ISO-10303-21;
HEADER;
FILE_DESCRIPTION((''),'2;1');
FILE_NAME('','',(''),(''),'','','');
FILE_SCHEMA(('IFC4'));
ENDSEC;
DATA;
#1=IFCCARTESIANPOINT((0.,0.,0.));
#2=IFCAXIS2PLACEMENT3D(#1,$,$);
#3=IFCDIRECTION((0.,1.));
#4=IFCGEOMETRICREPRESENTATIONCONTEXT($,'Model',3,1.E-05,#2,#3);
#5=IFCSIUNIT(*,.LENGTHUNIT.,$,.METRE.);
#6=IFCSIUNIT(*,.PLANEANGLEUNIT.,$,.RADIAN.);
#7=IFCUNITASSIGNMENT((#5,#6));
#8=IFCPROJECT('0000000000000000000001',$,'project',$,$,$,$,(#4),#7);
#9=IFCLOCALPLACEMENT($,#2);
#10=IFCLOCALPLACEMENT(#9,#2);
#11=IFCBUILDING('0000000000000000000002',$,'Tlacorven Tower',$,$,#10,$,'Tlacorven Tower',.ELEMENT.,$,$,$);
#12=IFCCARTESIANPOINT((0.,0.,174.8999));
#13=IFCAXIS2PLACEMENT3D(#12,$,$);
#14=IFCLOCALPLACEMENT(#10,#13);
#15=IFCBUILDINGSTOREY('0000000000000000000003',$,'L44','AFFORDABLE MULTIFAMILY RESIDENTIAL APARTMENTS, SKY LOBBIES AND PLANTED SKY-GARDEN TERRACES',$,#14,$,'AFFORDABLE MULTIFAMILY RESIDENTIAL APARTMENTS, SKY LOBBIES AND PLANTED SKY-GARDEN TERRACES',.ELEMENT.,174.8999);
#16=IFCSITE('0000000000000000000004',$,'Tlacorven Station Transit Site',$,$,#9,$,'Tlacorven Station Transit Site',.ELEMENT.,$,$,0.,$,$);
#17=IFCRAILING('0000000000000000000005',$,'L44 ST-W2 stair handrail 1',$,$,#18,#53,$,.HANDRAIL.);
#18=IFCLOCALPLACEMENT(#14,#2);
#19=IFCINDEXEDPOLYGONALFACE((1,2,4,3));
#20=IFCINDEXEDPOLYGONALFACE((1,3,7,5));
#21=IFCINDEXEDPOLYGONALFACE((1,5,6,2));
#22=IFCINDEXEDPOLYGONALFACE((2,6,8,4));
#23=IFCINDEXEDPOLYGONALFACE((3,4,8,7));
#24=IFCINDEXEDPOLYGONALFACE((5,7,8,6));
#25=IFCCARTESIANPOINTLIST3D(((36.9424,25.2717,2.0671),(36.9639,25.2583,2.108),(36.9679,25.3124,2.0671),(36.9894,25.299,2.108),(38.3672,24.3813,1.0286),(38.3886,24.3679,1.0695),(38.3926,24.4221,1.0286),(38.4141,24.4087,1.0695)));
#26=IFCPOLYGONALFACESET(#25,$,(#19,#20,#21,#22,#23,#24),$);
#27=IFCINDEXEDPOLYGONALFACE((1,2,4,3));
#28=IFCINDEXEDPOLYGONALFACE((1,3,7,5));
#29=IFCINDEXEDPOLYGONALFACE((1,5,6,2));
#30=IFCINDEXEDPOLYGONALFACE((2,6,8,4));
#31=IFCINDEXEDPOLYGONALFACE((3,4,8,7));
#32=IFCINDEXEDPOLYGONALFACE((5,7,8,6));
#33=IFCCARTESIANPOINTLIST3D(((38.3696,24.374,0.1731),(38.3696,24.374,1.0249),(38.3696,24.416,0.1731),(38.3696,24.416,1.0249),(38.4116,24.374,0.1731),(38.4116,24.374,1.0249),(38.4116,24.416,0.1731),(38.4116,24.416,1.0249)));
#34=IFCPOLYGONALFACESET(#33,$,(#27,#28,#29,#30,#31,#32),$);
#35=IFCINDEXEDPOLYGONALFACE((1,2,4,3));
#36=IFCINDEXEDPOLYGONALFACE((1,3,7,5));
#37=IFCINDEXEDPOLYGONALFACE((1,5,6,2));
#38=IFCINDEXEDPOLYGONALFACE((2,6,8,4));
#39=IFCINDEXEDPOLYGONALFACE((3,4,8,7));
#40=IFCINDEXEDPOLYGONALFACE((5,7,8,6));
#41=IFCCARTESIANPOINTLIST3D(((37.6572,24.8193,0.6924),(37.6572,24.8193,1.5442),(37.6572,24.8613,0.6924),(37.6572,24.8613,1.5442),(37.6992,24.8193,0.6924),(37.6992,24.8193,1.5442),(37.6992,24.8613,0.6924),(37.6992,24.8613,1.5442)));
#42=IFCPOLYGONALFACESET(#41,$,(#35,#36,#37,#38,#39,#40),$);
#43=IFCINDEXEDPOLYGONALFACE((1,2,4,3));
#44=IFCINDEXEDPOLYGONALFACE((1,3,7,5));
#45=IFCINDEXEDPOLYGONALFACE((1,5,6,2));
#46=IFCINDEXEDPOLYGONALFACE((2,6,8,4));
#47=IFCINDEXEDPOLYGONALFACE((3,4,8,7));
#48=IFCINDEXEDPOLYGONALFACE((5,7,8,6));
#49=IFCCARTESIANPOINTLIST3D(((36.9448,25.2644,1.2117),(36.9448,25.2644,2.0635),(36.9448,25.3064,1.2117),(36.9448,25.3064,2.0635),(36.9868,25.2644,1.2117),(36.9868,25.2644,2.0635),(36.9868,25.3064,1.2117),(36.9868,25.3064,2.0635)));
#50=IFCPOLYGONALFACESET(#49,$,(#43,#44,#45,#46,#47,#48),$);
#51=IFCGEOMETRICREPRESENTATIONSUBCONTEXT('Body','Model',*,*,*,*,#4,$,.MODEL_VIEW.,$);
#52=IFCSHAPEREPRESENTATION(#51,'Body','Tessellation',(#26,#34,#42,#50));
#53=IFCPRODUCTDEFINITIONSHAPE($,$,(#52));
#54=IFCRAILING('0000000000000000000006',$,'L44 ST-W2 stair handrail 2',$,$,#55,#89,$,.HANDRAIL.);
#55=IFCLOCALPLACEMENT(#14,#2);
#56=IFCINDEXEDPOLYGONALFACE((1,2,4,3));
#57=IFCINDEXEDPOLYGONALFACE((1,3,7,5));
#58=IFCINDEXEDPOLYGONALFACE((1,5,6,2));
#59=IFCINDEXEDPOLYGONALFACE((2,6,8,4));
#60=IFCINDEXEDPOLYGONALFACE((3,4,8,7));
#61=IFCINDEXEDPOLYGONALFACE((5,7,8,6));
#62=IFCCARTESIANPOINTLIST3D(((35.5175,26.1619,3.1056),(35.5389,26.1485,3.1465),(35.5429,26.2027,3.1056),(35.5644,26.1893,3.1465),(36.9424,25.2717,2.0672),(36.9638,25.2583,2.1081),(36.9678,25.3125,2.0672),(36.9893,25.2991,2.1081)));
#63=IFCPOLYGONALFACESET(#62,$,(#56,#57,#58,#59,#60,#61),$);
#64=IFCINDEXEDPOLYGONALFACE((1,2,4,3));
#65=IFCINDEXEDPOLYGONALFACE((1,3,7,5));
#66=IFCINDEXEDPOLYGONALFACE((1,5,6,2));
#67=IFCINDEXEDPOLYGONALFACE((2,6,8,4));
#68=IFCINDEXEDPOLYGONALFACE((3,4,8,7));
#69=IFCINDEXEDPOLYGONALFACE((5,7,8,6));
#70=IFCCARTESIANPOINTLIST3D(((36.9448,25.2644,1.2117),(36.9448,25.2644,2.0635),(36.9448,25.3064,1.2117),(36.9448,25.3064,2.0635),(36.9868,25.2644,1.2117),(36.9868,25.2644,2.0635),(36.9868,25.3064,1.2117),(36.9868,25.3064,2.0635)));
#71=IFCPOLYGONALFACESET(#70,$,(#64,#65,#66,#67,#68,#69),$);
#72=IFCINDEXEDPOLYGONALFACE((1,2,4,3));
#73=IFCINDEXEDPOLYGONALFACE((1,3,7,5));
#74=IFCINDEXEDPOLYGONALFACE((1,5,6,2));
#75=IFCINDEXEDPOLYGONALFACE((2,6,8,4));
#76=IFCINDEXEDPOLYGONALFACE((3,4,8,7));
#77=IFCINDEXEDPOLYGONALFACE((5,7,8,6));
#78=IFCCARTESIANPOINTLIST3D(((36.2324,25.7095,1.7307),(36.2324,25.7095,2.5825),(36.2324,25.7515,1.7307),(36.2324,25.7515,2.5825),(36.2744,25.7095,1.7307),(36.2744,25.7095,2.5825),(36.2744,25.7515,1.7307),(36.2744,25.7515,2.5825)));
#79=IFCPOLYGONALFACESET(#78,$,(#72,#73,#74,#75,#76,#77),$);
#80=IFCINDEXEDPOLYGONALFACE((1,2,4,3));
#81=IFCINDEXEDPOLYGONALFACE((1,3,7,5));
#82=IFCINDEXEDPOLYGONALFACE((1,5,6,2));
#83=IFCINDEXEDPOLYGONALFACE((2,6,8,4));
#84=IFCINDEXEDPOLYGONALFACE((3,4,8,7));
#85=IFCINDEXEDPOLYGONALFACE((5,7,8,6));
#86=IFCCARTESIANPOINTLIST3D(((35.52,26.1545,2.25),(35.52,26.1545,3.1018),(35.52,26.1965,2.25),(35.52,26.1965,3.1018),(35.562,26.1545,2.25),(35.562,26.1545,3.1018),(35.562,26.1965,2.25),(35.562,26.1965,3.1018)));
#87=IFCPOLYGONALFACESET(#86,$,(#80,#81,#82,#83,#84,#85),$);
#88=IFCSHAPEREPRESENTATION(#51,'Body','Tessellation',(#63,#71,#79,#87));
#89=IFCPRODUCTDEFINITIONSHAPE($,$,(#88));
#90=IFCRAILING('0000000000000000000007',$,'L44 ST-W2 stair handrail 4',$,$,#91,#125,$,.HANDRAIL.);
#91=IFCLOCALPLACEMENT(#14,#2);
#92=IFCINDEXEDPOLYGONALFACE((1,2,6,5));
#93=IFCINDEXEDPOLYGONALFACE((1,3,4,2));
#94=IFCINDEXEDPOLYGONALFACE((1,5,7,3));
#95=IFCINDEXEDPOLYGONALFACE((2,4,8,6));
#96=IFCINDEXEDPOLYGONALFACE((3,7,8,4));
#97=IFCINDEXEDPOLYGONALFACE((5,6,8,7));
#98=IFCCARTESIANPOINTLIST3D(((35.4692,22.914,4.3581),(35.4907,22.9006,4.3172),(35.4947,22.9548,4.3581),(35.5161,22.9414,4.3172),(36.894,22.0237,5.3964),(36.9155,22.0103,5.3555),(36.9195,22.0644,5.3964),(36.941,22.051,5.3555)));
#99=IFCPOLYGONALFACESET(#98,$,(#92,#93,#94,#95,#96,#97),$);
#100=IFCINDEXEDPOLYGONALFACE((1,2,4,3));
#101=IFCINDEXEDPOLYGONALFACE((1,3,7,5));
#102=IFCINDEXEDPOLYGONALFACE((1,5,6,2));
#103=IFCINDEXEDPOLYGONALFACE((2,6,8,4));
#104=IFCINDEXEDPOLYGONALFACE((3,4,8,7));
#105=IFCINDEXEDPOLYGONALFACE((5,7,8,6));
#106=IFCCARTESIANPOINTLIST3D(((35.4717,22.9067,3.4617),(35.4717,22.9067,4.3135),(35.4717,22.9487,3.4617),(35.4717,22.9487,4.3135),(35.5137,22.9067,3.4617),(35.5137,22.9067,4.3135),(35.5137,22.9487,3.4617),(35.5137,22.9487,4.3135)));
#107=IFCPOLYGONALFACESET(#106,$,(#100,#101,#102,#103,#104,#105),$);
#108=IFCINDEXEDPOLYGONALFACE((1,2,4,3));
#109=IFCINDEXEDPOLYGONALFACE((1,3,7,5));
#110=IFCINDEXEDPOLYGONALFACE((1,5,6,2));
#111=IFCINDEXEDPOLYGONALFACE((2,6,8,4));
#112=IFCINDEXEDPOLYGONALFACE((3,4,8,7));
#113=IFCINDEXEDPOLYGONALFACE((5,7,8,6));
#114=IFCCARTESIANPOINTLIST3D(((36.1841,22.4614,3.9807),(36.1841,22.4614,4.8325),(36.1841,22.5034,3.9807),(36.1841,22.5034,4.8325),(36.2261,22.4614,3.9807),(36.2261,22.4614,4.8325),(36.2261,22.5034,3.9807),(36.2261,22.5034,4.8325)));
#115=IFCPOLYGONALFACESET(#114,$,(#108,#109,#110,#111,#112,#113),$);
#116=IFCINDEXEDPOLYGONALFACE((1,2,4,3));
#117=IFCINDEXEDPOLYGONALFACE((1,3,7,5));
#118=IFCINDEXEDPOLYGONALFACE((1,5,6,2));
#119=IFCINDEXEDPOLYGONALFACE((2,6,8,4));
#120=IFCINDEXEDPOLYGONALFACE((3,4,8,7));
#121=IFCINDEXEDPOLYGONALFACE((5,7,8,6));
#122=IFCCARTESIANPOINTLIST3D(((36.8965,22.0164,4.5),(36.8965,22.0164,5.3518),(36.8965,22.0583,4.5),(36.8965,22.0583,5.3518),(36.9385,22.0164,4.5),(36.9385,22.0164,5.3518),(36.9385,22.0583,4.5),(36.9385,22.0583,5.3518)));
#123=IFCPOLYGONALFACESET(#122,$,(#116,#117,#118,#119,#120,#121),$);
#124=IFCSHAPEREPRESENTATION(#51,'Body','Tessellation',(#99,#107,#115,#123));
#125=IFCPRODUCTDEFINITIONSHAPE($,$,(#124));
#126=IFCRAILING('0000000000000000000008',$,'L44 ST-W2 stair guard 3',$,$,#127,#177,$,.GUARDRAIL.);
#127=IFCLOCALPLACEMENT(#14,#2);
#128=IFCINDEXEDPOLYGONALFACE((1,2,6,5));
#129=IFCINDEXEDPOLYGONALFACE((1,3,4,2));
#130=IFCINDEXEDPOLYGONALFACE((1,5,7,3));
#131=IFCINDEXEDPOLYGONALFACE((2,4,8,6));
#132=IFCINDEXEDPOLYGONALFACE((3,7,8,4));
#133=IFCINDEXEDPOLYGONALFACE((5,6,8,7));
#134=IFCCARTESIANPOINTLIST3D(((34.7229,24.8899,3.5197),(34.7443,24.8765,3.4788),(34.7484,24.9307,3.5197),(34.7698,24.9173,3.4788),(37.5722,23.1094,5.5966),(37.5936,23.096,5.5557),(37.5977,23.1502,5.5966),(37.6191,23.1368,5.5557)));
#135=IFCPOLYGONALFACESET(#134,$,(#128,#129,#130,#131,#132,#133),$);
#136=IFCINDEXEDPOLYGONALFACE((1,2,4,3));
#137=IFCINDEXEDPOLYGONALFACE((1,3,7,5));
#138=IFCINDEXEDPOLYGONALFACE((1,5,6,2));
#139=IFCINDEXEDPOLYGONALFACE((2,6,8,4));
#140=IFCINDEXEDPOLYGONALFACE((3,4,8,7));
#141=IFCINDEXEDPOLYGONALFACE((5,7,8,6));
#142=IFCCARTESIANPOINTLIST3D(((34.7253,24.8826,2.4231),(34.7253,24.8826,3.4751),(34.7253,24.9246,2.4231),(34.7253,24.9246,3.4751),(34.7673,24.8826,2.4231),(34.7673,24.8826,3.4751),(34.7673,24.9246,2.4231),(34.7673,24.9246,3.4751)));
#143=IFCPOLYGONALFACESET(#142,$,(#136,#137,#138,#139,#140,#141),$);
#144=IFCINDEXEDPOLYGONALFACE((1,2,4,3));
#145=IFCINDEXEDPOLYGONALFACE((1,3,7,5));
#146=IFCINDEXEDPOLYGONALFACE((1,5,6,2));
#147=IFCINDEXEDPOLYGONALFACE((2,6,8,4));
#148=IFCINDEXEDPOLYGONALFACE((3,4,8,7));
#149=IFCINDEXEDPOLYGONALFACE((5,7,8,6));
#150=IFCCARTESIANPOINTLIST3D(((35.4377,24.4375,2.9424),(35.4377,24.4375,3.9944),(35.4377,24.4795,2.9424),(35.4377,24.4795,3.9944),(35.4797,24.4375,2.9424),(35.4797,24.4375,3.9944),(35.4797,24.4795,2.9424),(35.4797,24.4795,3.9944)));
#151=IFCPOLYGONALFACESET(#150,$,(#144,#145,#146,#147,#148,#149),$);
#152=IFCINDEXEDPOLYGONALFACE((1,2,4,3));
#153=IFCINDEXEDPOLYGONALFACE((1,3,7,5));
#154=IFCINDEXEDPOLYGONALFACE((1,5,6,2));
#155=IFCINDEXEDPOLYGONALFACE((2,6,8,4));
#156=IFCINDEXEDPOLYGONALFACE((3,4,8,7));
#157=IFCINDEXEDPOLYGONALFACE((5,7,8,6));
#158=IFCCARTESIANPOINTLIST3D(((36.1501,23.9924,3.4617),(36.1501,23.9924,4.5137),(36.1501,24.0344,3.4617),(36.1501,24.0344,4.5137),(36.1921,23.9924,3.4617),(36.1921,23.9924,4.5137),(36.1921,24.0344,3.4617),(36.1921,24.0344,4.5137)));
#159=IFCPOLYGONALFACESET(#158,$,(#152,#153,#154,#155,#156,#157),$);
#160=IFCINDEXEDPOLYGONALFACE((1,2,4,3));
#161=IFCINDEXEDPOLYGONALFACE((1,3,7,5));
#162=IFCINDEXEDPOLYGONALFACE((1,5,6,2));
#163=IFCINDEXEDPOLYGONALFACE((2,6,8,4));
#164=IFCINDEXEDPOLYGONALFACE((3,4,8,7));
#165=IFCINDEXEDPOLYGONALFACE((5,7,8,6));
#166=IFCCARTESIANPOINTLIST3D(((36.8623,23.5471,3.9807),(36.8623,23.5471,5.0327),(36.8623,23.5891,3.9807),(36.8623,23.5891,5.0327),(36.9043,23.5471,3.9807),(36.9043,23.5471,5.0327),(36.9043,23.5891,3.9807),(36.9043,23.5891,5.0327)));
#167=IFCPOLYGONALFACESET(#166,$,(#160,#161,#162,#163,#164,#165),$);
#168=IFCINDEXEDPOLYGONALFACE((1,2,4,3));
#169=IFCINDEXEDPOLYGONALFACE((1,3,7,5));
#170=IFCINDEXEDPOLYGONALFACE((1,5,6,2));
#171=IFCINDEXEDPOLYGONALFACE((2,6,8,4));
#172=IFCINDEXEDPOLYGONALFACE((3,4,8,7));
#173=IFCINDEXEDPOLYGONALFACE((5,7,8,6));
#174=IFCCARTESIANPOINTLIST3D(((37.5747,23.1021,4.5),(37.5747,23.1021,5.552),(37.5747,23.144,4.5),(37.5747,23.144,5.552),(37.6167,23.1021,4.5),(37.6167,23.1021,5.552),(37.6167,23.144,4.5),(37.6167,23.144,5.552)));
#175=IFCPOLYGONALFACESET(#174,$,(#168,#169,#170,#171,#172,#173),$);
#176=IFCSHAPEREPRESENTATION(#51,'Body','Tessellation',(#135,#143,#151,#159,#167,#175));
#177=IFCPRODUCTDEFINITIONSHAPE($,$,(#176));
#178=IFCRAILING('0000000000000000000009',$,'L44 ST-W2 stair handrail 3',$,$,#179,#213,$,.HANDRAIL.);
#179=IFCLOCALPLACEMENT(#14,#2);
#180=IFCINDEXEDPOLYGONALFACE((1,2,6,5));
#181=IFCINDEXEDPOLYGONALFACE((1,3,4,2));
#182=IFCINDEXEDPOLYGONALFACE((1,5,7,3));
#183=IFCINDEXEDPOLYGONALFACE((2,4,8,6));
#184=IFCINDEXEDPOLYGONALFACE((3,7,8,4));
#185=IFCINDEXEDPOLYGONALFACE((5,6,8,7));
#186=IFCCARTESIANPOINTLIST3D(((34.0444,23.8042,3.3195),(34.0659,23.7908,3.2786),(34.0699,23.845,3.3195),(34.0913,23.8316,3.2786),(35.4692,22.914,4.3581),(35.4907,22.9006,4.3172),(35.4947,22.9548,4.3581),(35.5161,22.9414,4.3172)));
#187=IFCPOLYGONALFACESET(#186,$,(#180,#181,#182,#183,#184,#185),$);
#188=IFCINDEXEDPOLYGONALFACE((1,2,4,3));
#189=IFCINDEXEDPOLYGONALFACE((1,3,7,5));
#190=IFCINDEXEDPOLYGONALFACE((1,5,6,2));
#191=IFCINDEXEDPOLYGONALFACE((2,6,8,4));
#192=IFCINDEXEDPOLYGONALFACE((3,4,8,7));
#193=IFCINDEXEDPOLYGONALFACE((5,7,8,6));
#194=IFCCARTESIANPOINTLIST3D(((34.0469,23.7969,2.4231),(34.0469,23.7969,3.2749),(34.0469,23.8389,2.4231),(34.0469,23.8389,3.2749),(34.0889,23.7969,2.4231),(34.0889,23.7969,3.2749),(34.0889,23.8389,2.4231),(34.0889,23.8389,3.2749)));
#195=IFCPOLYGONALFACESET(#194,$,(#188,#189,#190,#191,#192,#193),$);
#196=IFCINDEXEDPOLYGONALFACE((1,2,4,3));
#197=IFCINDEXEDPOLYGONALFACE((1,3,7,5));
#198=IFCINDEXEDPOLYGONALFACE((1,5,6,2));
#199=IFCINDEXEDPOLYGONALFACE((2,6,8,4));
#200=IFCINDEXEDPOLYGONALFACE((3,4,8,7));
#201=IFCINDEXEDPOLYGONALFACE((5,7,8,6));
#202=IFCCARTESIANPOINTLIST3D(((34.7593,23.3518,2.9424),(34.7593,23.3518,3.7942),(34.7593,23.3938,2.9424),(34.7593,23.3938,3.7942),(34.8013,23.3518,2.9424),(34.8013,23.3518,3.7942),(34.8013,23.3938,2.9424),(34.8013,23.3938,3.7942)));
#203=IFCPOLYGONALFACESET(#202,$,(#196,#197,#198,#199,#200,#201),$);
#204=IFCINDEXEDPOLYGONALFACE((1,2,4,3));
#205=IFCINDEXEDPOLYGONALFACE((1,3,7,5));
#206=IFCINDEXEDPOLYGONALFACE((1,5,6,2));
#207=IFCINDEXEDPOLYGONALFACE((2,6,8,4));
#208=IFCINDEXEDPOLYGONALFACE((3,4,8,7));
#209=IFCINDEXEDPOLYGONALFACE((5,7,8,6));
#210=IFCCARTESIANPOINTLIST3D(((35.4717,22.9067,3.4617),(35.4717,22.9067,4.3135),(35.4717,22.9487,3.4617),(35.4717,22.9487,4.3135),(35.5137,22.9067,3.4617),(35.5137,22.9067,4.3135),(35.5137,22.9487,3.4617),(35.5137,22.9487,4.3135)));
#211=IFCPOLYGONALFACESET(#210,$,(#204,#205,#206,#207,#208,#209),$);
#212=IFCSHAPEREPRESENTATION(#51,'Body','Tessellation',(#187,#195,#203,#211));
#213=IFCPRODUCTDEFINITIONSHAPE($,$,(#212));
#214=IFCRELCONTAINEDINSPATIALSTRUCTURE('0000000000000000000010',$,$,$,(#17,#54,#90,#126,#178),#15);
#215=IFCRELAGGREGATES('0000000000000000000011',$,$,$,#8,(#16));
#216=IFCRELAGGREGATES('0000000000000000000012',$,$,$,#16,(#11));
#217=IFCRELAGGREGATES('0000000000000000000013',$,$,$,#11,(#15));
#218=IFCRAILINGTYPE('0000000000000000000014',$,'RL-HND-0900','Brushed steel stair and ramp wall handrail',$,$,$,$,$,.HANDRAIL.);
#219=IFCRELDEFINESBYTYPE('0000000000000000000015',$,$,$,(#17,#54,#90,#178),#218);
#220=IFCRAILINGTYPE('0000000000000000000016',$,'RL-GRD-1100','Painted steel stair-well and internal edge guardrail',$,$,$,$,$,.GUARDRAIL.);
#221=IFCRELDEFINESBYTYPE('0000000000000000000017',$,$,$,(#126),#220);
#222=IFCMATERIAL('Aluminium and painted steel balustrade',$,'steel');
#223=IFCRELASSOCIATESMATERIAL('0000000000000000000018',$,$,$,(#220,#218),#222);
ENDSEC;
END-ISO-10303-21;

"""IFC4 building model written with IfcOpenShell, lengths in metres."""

from ifc_helpers import new_model, si_unit, direction, frame, origin, origin_2d, place, context, subcontext, project, spatial, rectangle, extrude, source, transform, mapped, material, type_object, element, save


model = new_model("IFC4")

# Units and contexts
model_context = context("Model", 3, precision=1e-05, world=origin(), true_north=direction((0.0, 1.0)))
body_context = subcontext(model_context, "Body", "Model", "MODEL_VIEW")
ifc_project = project(units=[si_unit("LENGTHUNIT", "METRE"), si_unit("PLANEANGLEUNIT", "RADIAN")], contexts=[model_context])

# Site, building, storey
site_placement = place(None, origin())
site = spatial("IfcSite", under=ifc_project, at=site_placement, Name="Tlacorven Station Transit Site", LongName="Tlacorven Station Transit Site", CompositionType="ELEMENT", RefElevation=0.0)
building_placement = place(site_placement, origin())
building = spatial("IfcBuilding", under=site, at=building_placement, Name="Tlacorven Tower", LongName="Tlacorven Tower", CompositionType="ELEMENT")
storey_placement = place(building_placement, frame((0.0, 0.0, 174.8999)))
storey = spatial("IfcBuildingStorey", under=building, at=storey_placement, Name="L44", Description="AFFORDABLE MULTIFAMILY RESIDENTIAL APARTMENTS, SKY LOBBIES AND PLANTED SKY-GARDEN TERRACES", LongName="AFFORDABLE MULTIFAMILY RESIDENTIAL APARTMENTS, SKY LOBBIES AND PLANTED SKY-GARDEN TERRACES", CompositionType="ELEMENT", Elevation=174.8999)

# Railings
ifc_material_1 = material(Name="Aluminium and painted steel balustrade", Category="steel")
railing_type_1 = type_object("IfcRailingType", Name="RL-GRD-1100", Description="Painted steel stair-well and internal edge guardrail", PredefinedType="GUARDRAIL", material=ifc_material_1)
railing_type_2 = type_object("IfcRailingType", Name="RL-HND-0900", Description="Brushed steel stair and ramp wall handrail", PredefinedType="HANDRAIL", material=ifc_material_1)
shared_shape_1 = source(origin(), body_context, "Body", "SweptSolid", [
    extrude(rectangle(XDim=0.0481, YDim=0.0481, at=origin_2d()), frame((0.0, 0.0, 0.876), z_axis=(-0.721341, 0.450776, 0.525803), x_axis=(-0.529947, -0.848031, 0.0)), (0.0, 0.0, 1.0), 1.9751),
    extrude(rectangle(XDim=0.042, YDim=0.042, at=origin_2d()), origin(), (0.0, 0.0, 1.0), 0.8518),
    extrude(rectangle(XDim=0.042, YDim=0.042, at=origin_2d()), frame((-0.7124, 0.4453, 0.5193)), (0.0, 0.0, 1.0), 0.8518),
    extrude(rectangle(XDim=0.042, YDim=0.042, at=origin_2d()), frame((-1.4248, 0.8904, 1.0386)), (0.0, 0.0, 1.0), 0.8518),
])
railing_1_placement = place(storey_placement, frame((38.3906, 24.395, 0.1731)))
element("IfcRailing", 1, at=railing_1_placement, inside=storey, type_object=railing_type_2, Name="L44 ST-W2 stair handrail 1", PredefinedType="HANDRAIL", context=body_context, shape_type="MappedRepresentation", body=[
    mapped(shared_shape_1, transform((0.0, 0.0, 0.0), scale=1.0)),
])
shared_shape_2 = source(origin(), body_context, "Body", "SweptSolid", [
    extrude(rectangle(XDim=0.0481, YDim=0.0481, at=origin_2d()), frame((0.0, 0.0, 0.876), z_axis=(-0.721428, 0.450707, 0.525742), x_axis=(-0.529842, -0.848096, 0.0)), (0.0, 0.0, 1.0), 1.9751),
    extrude(rectangle(XDim=0.042, YDim=0.042, at=origin_2d()), origin(), (0.0, 0.0, 1.0), 0.8518),
    extrude(rectangle(XDim=0.042, YDim=0.042, at=origin_2d()), frame((-0.7124, 0.4451, 0.519)), (0.0, 0.0, 1.0), 0.8518),
    extrude(rectangle(XDim=0.042, YDim=0.042, at=origin_2d()), frame((-1.4248, 0.8901, 1.0383)), (0.0, 0.0, 1.0), 0.8518),
])
railing_2_placement = place(storey_placement, frame((36.9658, 25.2854, 1.2117)))
element("IfcRailing", 2, at=railing_2_placement, inside=storey, type_object=railing_type_2, Name="L44 ST-W2 stair handrail 2", PredefinedType="HANDRAIL", context=body_context, shape_type="MappedRepresentation", body=[
    mapped(shared_shape_2, transform((0.0, 0.0, 0.0), scale=1.0)),
])
shared_shape_3 = source(origin(), body_context, "Body", "SweptSolid", [
    extrude(rectangle(XDim=0.0481, YDim=0.0481, at=origin_2d()), frame((0.0, 0.0, 0.876), z_axis=(0.721388, -0.450805, 0.525713), x_axis=(0.529947, 0.848031, 0.0)), (0.0, 0.0, 1.0), 1.9751),
    extrude(rectangle(XDim=0.042, YDim=0.042, at=origin_2d()), origin(), (0.0, 0.0, 1.0), 0.8518),
    extrude(rectangle(XDim=0.042, YDim=0.042, at=origin_2d()), frame((0.7124, -0.4453, 0.519)), (0.0, 0.0, 1.0), 0.8518),
    extrude(rectangle(XDim=0.042, YDim=0.042, at=origin_2d()), frame((1.4248, -0.8904, 1.0383)), (0.0, 0.0, 1.0), 0.8518),
])
railing_3_placement = place(storey_placement, frame((35.4927, 22.9277, 3.4617)))
element("IfcRailing", 3, at=railing_3_placement, inside=storey, type_object=railing_type_2, Name="L44 ST-W2 stair handrail 4", PredefinedType="HANDRAIL", context=body_context, shape_type="MappedRepresentation", body=[
    mapped(shared_shape_3, transform((0.0, 0.0, 0.0), scale=1.0)),
])
shared_shape_4 = source(origin(), body_context, "Body", "SweptSolid", [
    extrude(rectangle(XDim=0.0481, YDim=0.0481, at=origin_2d()), frame((0.0, 0.0, 1.0762), z_axis=(0.721355, -0.450762, 0.525796), x_axis=(0.529927, 0.848043, 0.0)), (0.0, 0.0, 1.0), 3.95),
    extrude(rectangle(XDim=0.042, YDim=0.042, at=origin_2d()), origin(), (0.0, 0.0, 1.0), 1.052),
    extrude(rectangle(XDim=0.042, YDim=0.042, at=origin_2d()), frame((0.7124, -0.4451, 0.5193)), (0.0, 0.0, 1.0), 1.052),
    extrude(rectangle(XDim=0.042, YDim=0.042, at=origin_2d()), frame((1.4248, -0.8901, 1.0386)), (0.0, 0.0, 1.0), 1.052),
    extrude(rectangle(XDim=0.042, YDim=0.042, at=origin_2d()), frame((2.137, -1.3354, 1.5576)), (0.0, 0.0, 1.0), 1.052),
    extrude(rectangle(XDim=0.042, YDim=0.042, at=origin_2d()), frame((2.8494, -1.7805, 2.0769)), (0.0, 0.0, 1.0), 1.052),
])
railing_4_placement = place(storey_placement, frame((34.7463, 24.9036, 2.4231)))
element("IfcRailing", 4, at=railing_4_placement, inside=storey, type_object=railing_type_1, Name="L44 ST-W2 stair guard 3", PredefinedType="GUARDRAIL", context=body_context, shape_type="MappedRepresentation", body=[
    mapped(shared_shape_4, transform((0.0, 0.0, 0.0), scale=1.0)),
])
shared_shape_5 = source(origin(), body_context, "Body", "SweptSolid", [
    extrude(rectangle(XDim=0.0481, YDim=0.0481, at=origin_2d()), frame((0.0, 0.0, 0.876), z_axis=(0.721381, -0.450678, 0.525832), x_axis=(0.529842, 0.848096, 0.0)), (0.0, 0.0, 1.0), 1.9751),
    extrude(rectangle(XDim=0.042, YDim=0.042, at=origin_2d()), origin(), (0.0, 0.0, 1.0), 0.8518),
    extrude(rectangle(XDim=0.042, YDim=0.042, at=origin_2d()), frame((0.7124, -0.4451, 0.5193)), (0.0, 0.0, 1.0), 0.8518),
    extrude(rectangle(XDim=0.042, YDim=0.042, at=origin_2d()), frame((1.4248, -0.8901, 1.0386)), (0.0, 0.0, 1.0), 0.8518),
])
railing_5_placement = place(storey_placement, frame((34.0679, 23.8179, 2.4231)))
element("IfcRailing", 5, at=railing_5_placement, inside=storey, type_object=railing_type_2, Name="L44 ST-W2 stair handrail 3", PredefinedType="HANDRAIL", context=body_context, shape_type="MappedRepresentation", body=[
    mapped(shared_shape_5, transform((0.0, 0.0, 0.0), scale=1.0)),
])

save(model, "model.ifc")
